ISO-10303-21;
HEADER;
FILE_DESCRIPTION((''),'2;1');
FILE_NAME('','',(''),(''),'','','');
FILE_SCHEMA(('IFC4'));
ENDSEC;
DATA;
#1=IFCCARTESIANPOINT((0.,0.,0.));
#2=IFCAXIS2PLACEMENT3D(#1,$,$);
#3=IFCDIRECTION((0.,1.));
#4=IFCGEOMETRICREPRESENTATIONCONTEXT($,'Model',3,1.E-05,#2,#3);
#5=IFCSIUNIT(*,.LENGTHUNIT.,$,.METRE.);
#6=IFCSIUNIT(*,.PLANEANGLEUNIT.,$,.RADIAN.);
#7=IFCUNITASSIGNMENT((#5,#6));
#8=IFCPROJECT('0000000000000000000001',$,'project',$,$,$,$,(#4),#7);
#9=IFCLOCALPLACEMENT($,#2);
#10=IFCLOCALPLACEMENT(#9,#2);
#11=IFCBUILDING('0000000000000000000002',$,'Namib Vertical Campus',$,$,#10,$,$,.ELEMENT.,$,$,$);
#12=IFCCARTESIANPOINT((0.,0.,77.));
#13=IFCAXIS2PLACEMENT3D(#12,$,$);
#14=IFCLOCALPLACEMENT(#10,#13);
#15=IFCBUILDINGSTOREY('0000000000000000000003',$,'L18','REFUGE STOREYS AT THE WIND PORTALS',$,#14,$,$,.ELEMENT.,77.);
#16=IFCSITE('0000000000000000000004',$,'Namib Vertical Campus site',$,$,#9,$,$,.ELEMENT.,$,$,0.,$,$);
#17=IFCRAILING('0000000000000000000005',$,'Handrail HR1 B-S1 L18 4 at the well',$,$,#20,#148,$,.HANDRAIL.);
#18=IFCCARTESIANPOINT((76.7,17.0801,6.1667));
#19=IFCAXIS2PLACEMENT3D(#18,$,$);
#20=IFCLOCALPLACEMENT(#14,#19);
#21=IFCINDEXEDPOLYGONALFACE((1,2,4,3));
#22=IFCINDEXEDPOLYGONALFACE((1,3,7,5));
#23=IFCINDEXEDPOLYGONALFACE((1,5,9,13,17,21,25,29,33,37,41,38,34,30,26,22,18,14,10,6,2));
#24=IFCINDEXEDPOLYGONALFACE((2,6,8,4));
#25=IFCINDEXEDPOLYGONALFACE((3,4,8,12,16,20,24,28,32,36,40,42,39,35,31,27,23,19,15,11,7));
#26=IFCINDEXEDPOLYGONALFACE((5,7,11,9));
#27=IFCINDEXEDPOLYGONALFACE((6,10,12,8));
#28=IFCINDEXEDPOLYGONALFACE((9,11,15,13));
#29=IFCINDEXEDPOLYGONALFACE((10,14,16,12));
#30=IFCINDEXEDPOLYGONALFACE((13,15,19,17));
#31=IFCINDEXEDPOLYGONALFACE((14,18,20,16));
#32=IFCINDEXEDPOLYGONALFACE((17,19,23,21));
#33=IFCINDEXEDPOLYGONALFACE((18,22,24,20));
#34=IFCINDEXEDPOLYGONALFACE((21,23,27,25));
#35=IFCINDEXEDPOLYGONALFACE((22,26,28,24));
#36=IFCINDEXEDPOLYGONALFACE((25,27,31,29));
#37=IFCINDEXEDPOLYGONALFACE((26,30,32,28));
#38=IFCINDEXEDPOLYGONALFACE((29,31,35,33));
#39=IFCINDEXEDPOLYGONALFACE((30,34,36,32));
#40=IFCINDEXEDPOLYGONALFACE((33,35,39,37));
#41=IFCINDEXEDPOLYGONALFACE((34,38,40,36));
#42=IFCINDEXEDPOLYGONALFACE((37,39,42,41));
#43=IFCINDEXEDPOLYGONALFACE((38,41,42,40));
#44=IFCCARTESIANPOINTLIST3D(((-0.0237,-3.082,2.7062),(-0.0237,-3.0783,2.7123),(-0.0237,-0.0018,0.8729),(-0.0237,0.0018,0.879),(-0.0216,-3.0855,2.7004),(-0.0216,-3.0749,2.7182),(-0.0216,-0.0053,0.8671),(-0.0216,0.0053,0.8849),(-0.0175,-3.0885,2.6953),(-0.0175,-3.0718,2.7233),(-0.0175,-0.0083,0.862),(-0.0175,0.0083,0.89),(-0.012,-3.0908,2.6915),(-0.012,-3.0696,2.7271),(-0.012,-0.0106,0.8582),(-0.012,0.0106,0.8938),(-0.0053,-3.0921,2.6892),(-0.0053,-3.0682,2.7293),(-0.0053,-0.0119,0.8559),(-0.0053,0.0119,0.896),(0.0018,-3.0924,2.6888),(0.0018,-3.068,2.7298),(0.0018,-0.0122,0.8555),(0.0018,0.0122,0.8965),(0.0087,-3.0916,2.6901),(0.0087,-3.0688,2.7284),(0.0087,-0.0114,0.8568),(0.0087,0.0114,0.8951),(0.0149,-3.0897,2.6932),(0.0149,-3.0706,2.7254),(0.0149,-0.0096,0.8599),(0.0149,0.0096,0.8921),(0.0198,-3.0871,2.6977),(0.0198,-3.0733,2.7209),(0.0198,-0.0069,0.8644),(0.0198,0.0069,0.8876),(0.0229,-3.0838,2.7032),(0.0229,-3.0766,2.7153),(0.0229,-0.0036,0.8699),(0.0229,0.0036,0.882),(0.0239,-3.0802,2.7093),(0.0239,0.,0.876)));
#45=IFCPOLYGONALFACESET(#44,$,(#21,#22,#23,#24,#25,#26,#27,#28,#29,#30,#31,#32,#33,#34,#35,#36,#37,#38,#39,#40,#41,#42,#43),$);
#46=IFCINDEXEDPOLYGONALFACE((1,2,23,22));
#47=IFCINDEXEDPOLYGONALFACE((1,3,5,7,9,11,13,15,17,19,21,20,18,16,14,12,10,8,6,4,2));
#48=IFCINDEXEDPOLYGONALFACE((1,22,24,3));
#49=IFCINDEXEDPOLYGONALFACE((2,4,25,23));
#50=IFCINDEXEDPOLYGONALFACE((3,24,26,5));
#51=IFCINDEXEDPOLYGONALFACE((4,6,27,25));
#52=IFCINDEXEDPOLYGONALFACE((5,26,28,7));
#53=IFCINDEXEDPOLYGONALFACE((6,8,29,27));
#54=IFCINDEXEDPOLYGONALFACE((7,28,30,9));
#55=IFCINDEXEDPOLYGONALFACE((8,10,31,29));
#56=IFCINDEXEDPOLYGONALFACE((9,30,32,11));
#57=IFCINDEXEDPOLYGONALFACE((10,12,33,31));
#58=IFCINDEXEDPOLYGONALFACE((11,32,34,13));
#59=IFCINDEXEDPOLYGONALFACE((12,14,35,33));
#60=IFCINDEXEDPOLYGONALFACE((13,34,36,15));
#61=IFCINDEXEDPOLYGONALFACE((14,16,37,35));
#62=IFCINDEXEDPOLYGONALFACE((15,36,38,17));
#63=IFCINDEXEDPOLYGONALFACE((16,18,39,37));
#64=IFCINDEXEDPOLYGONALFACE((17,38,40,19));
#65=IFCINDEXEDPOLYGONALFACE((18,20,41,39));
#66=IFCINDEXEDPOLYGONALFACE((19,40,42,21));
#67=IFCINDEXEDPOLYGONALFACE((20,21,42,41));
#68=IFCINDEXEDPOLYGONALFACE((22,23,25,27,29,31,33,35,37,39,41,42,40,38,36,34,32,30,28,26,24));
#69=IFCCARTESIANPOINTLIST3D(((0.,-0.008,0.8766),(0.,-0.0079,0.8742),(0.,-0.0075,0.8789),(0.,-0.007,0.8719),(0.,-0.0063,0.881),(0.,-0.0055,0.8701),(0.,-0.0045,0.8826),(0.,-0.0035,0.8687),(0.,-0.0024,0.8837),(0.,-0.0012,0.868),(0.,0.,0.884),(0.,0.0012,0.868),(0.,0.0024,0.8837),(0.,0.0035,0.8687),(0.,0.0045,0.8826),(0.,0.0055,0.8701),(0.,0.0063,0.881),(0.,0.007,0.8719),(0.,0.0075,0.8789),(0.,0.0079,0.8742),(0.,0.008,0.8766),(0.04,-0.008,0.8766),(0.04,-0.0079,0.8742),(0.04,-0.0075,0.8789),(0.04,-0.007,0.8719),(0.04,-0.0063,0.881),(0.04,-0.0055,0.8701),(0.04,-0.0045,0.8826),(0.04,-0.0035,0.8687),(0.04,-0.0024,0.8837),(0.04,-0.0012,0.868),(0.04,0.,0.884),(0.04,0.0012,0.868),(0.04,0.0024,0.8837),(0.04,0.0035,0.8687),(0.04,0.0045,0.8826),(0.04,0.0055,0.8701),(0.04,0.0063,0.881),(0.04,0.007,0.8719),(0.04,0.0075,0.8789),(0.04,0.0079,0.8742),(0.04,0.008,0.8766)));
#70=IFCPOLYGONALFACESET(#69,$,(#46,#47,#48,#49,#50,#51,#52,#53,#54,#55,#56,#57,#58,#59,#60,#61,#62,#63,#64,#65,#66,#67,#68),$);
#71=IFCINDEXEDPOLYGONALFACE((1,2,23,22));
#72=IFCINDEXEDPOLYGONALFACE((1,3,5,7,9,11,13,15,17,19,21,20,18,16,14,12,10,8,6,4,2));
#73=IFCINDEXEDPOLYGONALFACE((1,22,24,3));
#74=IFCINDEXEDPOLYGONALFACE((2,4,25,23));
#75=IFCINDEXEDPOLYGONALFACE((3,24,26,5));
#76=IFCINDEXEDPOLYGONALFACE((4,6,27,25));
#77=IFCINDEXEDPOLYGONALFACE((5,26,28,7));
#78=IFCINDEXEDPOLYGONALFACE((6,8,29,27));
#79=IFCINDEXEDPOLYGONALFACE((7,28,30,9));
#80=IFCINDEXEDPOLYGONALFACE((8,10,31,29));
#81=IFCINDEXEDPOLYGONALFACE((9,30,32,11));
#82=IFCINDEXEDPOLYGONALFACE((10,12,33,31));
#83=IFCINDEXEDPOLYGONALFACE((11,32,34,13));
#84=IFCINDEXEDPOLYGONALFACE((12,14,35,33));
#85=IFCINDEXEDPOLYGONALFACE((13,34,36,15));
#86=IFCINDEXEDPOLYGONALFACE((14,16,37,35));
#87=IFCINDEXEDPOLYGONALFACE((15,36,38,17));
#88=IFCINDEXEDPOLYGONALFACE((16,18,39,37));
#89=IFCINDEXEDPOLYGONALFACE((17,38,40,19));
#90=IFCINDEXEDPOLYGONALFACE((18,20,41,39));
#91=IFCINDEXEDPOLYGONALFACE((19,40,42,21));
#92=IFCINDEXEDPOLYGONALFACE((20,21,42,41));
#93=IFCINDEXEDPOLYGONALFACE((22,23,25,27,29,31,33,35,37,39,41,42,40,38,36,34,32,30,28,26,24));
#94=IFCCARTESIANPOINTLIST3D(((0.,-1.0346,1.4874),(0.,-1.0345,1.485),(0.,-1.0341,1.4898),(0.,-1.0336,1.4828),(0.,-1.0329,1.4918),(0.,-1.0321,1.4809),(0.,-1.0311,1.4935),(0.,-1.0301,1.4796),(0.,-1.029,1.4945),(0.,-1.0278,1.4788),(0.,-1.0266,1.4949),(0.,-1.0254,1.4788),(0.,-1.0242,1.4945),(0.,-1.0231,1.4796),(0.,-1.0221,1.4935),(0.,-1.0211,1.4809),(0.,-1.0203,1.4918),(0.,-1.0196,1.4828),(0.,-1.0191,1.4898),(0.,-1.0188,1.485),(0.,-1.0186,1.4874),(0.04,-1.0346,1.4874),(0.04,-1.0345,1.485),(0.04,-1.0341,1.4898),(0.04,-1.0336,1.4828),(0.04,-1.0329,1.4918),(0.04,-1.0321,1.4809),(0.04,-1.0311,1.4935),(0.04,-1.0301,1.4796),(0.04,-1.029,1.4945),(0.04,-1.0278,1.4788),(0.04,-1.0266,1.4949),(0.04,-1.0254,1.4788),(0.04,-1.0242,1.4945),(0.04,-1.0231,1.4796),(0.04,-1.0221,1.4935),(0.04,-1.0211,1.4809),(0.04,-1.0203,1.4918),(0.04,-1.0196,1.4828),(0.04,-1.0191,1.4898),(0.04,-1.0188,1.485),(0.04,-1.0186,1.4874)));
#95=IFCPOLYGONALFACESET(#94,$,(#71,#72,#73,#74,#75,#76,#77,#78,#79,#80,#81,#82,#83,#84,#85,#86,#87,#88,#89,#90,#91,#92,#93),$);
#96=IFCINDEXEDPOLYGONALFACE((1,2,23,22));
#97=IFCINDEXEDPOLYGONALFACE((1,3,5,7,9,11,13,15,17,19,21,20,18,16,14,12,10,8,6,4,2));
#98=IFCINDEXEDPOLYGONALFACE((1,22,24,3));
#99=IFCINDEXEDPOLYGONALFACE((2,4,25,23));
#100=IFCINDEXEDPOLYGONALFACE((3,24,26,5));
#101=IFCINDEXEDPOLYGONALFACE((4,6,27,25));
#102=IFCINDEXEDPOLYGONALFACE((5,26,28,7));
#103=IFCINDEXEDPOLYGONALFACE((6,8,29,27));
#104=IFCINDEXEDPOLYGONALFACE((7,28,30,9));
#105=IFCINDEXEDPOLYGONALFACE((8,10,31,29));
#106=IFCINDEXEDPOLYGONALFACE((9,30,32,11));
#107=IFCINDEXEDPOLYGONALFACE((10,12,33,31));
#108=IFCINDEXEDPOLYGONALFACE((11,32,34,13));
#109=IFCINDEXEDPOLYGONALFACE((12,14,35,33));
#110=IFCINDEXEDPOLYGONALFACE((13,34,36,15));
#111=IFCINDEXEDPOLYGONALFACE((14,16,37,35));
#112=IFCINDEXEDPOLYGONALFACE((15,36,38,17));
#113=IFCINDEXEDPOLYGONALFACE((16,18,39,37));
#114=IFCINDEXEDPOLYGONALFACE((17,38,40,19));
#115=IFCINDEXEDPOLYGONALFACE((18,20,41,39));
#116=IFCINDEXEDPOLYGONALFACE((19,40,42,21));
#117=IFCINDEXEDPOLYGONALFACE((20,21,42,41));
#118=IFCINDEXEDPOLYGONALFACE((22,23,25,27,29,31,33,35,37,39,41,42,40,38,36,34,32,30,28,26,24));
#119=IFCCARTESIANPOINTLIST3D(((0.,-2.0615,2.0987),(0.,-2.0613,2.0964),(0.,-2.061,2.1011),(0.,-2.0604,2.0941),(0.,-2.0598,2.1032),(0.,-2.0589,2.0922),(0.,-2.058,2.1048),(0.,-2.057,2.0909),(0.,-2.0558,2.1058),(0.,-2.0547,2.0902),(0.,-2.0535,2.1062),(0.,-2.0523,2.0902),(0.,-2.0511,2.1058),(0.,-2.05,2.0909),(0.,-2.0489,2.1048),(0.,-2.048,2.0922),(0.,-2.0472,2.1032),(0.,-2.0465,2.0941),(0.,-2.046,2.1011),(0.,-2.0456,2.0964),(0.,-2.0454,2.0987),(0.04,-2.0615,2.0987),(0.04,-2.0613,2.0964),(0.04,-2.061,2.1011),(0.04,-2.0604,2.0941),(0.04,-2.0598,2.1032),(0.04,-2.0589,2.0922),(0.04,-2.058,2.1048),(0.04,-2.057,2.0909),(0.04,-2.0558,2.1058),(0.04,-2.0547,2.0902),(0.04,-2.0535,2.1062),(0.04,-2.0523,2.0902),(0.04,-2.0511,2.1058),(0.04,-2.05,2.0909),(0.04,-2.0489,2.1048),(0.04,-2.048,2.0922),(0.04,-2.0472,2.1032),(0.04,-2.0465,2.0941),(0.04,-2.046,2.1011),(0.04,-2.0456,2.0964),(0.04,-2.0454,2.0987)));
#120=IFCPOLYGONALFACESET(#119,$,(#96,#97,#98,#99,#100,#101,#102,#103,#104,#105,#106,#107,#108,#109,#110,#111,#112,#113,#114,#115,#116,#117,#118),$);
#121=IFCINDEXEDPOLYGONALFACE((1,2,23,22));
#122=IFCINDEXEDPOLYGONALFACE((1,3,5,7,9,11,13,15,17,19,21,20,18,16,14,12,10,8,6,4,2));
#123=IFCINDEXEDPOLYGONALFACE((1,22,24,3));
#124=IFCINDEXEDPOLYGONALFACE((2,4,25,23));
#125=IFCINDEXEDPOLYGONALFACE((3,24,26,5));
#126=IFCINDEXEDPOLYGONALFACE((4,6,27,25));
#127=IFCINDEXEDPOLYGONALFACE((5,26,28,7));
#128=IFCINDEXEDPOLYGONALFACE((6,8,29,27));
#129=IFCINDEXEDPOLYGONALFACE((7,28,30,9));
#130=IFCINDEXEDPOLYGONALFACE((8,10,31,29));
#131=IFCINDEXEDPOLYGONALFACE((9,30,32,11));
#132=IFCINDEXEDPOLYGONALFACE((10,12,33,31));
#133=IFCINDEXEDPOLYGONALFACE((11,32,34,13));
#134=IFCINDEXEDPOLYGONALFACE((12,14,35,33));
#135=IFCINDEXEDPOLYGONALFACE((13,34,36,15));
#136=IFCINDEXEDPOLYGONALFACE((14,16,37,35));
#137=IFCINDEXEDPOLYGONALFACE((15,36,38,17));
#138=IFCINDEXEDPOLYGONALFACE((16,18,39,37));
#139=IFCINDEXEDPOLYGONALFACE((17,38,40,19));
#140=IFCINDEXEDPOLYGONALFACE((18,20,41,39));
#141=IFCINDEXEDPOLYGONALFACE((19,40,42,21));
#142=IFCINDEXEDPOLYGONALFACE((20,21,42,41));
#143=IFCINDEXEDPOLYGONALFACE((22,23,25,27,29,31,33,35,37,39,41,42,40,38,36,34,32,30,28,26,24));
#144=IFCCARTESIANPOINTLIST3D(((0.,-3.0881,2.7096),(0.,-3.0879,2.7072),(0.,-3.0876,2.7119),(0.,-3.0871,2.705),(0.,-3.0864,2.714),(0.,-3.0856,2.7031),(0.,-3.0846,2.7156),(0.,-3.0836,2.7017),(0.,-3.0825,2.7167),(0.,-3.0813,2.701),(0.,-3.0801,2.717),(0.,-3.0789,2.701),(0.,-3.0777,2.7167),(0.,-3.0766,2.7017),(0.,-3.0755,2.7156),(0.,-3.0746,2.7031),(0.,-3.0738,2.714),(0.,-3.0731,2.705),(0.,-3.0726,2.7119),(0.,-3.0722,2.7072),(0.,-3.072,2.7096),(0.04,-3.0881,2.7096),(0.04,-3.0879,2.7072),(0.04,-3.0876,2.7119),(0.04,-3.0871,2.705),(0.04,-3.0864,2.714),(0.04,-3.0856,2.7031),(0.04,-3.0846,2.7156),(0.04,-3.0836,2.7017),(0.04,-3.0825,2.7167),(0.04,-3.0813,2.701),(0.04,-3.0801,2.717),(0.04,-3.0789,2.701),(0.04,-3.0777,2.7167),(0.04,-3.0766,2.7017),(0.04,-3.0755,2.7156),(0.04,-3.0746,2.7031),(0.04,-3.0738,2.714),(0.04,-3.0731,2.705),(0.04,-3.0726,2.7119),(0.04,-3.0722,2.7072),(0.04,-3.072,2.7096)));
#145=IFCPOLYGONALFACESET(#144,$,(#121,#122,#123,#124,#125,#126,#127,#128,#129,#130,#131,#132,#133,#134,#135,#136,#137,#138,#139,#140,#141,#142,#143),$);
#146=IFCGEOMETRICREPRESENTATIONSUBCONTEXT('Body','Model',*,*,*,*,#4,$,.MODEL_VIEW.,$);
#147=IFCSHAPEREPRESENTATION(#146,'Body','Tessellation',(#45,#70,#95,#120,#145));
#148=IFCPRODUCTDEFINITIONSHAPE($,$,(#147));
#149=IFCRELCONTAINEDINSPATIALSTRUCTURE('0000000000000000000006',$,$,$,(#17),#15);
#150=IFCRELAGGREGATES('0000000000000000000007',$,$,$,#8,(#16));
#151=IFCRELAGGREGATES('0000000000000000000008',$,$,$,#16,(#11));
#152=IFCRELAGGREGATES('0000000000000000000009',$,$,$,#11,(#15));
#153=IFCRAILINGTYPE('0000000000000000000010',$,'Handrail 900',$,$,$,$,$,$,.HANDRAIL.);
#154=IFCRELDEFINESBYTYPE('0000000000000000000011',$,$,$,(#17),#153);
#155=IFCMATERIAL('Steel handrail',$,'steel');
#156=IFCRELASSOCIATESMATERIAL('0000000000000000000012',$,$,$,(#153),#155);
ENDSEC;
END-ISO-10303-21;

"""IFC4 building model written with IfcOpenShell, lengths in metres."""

from ifc_helpers import new_model, si_unit, direction, frame, origin, origin_2d, place, context, subcontext, project, spatial, circle, extrude, material, type_object, element, save


model = new_model("IFC4")

# Units and contexts
model_context = context("Model", 3, precision=1e-05, world=origin(), true_north=direction((0.0, 1.0)))
body_context = subcontext(model_context, "Body", "Model", "MODEL_VIEW")
ifc_project = project(units=[si_unit("LENGTHUNIT", "METRE"), si_unit("PLANEANGLEUNIT", "RADIAN")], contexts=[model_context])

# Site, building, storey
site_placement = place(None, origin())
site = spatial("IfcSite", under=ifc_project, at=site_placement, Name="Namib Vertical Campus site", CompositionType="ELEMENT", RefElevation=0.0)
building_placement = place(site_placement, origin())
building = spatial("IfcBuilding", under=site, at=building_placement, Name="Namib Vertical Campus", CompositionType="ELEMENT")
storey_placement = place(building_placement, frame((0.0, 0.0, 77.0)))
storey = spatial("IfcBuildingStorey", under=building, at=storey_placement, Name="L18", Description="REFUGE STOREYS AT THE WIND PORTALS", CompositionType="ELEMENT", Elevation=77.0)

# Railing
ifc_material_1 = material(Name="Steel handrail", Category="steel")
railing_type_1 = type_object("IfcRailingType", Name="Handrail 900", PredefinedType="HANDRAIL", material=ifc_material_1)
for number, where, name in (
    (1, (76.7, 17.0801, 6.1667), "Handrail HR1 B-S1 L18 4 at the well"),
):
    element("IfcRailing", number, at=place(storey_placement, frame(where)), inside=storey, type_object=railing_type_1, Name=name, PredefinedType="HANDRAIL", context=body_context, shape_type="SweptSolid", body=[
        extrude(circle(Radius=0.0239, at=origin_2d()), frame((0.0, 0.0, 0.876), z_axis=(0.0, -0.859309, 0.511458), x_axis=(1.0, 0.0, 0.0)), (0.0, 0.0, 1.0), 3.5845),
        extrude(circle(Radius=0.0081, at=origin_2d()), frame((0.0, 0.0, 0.876), z_axis=(1.0, 0.0, 0.0), x_axis=(0.0, 0.0, 1.0)), (0.0, 0.0, 1.0), 0.04),
        extrude(circle(Radius=0.0081, at=origin_2d()), frame((0.0, -1.0266, 1.4868), z_axis=(1.0, 0.0, 0.0), x_axis=(0.0, 0.0, 1.0)), (0.0, 0.0, 1.0), 0.04),
        extrude(circle(Radius=0.0081, at=origin_2d()), frame((0.0, -2.0535, 2.0981), z_axis=(1.0, 0.0, 0.0), x_axis=(0.0, 0.0, 1.0)), (0.0, 0.0, 1.0), 0.04),
        extrude(circle(Radius=0.0081, at=origin_2d()), frame((0.0, -3.0801, 2.709), z_axis=(1.0, 0.0, 0.0), x_axis=(0.0, 0.0, 1.0)), (0.0, 0.0, 1.0), 0.04),
    ])

save(model, "model.ifc")
